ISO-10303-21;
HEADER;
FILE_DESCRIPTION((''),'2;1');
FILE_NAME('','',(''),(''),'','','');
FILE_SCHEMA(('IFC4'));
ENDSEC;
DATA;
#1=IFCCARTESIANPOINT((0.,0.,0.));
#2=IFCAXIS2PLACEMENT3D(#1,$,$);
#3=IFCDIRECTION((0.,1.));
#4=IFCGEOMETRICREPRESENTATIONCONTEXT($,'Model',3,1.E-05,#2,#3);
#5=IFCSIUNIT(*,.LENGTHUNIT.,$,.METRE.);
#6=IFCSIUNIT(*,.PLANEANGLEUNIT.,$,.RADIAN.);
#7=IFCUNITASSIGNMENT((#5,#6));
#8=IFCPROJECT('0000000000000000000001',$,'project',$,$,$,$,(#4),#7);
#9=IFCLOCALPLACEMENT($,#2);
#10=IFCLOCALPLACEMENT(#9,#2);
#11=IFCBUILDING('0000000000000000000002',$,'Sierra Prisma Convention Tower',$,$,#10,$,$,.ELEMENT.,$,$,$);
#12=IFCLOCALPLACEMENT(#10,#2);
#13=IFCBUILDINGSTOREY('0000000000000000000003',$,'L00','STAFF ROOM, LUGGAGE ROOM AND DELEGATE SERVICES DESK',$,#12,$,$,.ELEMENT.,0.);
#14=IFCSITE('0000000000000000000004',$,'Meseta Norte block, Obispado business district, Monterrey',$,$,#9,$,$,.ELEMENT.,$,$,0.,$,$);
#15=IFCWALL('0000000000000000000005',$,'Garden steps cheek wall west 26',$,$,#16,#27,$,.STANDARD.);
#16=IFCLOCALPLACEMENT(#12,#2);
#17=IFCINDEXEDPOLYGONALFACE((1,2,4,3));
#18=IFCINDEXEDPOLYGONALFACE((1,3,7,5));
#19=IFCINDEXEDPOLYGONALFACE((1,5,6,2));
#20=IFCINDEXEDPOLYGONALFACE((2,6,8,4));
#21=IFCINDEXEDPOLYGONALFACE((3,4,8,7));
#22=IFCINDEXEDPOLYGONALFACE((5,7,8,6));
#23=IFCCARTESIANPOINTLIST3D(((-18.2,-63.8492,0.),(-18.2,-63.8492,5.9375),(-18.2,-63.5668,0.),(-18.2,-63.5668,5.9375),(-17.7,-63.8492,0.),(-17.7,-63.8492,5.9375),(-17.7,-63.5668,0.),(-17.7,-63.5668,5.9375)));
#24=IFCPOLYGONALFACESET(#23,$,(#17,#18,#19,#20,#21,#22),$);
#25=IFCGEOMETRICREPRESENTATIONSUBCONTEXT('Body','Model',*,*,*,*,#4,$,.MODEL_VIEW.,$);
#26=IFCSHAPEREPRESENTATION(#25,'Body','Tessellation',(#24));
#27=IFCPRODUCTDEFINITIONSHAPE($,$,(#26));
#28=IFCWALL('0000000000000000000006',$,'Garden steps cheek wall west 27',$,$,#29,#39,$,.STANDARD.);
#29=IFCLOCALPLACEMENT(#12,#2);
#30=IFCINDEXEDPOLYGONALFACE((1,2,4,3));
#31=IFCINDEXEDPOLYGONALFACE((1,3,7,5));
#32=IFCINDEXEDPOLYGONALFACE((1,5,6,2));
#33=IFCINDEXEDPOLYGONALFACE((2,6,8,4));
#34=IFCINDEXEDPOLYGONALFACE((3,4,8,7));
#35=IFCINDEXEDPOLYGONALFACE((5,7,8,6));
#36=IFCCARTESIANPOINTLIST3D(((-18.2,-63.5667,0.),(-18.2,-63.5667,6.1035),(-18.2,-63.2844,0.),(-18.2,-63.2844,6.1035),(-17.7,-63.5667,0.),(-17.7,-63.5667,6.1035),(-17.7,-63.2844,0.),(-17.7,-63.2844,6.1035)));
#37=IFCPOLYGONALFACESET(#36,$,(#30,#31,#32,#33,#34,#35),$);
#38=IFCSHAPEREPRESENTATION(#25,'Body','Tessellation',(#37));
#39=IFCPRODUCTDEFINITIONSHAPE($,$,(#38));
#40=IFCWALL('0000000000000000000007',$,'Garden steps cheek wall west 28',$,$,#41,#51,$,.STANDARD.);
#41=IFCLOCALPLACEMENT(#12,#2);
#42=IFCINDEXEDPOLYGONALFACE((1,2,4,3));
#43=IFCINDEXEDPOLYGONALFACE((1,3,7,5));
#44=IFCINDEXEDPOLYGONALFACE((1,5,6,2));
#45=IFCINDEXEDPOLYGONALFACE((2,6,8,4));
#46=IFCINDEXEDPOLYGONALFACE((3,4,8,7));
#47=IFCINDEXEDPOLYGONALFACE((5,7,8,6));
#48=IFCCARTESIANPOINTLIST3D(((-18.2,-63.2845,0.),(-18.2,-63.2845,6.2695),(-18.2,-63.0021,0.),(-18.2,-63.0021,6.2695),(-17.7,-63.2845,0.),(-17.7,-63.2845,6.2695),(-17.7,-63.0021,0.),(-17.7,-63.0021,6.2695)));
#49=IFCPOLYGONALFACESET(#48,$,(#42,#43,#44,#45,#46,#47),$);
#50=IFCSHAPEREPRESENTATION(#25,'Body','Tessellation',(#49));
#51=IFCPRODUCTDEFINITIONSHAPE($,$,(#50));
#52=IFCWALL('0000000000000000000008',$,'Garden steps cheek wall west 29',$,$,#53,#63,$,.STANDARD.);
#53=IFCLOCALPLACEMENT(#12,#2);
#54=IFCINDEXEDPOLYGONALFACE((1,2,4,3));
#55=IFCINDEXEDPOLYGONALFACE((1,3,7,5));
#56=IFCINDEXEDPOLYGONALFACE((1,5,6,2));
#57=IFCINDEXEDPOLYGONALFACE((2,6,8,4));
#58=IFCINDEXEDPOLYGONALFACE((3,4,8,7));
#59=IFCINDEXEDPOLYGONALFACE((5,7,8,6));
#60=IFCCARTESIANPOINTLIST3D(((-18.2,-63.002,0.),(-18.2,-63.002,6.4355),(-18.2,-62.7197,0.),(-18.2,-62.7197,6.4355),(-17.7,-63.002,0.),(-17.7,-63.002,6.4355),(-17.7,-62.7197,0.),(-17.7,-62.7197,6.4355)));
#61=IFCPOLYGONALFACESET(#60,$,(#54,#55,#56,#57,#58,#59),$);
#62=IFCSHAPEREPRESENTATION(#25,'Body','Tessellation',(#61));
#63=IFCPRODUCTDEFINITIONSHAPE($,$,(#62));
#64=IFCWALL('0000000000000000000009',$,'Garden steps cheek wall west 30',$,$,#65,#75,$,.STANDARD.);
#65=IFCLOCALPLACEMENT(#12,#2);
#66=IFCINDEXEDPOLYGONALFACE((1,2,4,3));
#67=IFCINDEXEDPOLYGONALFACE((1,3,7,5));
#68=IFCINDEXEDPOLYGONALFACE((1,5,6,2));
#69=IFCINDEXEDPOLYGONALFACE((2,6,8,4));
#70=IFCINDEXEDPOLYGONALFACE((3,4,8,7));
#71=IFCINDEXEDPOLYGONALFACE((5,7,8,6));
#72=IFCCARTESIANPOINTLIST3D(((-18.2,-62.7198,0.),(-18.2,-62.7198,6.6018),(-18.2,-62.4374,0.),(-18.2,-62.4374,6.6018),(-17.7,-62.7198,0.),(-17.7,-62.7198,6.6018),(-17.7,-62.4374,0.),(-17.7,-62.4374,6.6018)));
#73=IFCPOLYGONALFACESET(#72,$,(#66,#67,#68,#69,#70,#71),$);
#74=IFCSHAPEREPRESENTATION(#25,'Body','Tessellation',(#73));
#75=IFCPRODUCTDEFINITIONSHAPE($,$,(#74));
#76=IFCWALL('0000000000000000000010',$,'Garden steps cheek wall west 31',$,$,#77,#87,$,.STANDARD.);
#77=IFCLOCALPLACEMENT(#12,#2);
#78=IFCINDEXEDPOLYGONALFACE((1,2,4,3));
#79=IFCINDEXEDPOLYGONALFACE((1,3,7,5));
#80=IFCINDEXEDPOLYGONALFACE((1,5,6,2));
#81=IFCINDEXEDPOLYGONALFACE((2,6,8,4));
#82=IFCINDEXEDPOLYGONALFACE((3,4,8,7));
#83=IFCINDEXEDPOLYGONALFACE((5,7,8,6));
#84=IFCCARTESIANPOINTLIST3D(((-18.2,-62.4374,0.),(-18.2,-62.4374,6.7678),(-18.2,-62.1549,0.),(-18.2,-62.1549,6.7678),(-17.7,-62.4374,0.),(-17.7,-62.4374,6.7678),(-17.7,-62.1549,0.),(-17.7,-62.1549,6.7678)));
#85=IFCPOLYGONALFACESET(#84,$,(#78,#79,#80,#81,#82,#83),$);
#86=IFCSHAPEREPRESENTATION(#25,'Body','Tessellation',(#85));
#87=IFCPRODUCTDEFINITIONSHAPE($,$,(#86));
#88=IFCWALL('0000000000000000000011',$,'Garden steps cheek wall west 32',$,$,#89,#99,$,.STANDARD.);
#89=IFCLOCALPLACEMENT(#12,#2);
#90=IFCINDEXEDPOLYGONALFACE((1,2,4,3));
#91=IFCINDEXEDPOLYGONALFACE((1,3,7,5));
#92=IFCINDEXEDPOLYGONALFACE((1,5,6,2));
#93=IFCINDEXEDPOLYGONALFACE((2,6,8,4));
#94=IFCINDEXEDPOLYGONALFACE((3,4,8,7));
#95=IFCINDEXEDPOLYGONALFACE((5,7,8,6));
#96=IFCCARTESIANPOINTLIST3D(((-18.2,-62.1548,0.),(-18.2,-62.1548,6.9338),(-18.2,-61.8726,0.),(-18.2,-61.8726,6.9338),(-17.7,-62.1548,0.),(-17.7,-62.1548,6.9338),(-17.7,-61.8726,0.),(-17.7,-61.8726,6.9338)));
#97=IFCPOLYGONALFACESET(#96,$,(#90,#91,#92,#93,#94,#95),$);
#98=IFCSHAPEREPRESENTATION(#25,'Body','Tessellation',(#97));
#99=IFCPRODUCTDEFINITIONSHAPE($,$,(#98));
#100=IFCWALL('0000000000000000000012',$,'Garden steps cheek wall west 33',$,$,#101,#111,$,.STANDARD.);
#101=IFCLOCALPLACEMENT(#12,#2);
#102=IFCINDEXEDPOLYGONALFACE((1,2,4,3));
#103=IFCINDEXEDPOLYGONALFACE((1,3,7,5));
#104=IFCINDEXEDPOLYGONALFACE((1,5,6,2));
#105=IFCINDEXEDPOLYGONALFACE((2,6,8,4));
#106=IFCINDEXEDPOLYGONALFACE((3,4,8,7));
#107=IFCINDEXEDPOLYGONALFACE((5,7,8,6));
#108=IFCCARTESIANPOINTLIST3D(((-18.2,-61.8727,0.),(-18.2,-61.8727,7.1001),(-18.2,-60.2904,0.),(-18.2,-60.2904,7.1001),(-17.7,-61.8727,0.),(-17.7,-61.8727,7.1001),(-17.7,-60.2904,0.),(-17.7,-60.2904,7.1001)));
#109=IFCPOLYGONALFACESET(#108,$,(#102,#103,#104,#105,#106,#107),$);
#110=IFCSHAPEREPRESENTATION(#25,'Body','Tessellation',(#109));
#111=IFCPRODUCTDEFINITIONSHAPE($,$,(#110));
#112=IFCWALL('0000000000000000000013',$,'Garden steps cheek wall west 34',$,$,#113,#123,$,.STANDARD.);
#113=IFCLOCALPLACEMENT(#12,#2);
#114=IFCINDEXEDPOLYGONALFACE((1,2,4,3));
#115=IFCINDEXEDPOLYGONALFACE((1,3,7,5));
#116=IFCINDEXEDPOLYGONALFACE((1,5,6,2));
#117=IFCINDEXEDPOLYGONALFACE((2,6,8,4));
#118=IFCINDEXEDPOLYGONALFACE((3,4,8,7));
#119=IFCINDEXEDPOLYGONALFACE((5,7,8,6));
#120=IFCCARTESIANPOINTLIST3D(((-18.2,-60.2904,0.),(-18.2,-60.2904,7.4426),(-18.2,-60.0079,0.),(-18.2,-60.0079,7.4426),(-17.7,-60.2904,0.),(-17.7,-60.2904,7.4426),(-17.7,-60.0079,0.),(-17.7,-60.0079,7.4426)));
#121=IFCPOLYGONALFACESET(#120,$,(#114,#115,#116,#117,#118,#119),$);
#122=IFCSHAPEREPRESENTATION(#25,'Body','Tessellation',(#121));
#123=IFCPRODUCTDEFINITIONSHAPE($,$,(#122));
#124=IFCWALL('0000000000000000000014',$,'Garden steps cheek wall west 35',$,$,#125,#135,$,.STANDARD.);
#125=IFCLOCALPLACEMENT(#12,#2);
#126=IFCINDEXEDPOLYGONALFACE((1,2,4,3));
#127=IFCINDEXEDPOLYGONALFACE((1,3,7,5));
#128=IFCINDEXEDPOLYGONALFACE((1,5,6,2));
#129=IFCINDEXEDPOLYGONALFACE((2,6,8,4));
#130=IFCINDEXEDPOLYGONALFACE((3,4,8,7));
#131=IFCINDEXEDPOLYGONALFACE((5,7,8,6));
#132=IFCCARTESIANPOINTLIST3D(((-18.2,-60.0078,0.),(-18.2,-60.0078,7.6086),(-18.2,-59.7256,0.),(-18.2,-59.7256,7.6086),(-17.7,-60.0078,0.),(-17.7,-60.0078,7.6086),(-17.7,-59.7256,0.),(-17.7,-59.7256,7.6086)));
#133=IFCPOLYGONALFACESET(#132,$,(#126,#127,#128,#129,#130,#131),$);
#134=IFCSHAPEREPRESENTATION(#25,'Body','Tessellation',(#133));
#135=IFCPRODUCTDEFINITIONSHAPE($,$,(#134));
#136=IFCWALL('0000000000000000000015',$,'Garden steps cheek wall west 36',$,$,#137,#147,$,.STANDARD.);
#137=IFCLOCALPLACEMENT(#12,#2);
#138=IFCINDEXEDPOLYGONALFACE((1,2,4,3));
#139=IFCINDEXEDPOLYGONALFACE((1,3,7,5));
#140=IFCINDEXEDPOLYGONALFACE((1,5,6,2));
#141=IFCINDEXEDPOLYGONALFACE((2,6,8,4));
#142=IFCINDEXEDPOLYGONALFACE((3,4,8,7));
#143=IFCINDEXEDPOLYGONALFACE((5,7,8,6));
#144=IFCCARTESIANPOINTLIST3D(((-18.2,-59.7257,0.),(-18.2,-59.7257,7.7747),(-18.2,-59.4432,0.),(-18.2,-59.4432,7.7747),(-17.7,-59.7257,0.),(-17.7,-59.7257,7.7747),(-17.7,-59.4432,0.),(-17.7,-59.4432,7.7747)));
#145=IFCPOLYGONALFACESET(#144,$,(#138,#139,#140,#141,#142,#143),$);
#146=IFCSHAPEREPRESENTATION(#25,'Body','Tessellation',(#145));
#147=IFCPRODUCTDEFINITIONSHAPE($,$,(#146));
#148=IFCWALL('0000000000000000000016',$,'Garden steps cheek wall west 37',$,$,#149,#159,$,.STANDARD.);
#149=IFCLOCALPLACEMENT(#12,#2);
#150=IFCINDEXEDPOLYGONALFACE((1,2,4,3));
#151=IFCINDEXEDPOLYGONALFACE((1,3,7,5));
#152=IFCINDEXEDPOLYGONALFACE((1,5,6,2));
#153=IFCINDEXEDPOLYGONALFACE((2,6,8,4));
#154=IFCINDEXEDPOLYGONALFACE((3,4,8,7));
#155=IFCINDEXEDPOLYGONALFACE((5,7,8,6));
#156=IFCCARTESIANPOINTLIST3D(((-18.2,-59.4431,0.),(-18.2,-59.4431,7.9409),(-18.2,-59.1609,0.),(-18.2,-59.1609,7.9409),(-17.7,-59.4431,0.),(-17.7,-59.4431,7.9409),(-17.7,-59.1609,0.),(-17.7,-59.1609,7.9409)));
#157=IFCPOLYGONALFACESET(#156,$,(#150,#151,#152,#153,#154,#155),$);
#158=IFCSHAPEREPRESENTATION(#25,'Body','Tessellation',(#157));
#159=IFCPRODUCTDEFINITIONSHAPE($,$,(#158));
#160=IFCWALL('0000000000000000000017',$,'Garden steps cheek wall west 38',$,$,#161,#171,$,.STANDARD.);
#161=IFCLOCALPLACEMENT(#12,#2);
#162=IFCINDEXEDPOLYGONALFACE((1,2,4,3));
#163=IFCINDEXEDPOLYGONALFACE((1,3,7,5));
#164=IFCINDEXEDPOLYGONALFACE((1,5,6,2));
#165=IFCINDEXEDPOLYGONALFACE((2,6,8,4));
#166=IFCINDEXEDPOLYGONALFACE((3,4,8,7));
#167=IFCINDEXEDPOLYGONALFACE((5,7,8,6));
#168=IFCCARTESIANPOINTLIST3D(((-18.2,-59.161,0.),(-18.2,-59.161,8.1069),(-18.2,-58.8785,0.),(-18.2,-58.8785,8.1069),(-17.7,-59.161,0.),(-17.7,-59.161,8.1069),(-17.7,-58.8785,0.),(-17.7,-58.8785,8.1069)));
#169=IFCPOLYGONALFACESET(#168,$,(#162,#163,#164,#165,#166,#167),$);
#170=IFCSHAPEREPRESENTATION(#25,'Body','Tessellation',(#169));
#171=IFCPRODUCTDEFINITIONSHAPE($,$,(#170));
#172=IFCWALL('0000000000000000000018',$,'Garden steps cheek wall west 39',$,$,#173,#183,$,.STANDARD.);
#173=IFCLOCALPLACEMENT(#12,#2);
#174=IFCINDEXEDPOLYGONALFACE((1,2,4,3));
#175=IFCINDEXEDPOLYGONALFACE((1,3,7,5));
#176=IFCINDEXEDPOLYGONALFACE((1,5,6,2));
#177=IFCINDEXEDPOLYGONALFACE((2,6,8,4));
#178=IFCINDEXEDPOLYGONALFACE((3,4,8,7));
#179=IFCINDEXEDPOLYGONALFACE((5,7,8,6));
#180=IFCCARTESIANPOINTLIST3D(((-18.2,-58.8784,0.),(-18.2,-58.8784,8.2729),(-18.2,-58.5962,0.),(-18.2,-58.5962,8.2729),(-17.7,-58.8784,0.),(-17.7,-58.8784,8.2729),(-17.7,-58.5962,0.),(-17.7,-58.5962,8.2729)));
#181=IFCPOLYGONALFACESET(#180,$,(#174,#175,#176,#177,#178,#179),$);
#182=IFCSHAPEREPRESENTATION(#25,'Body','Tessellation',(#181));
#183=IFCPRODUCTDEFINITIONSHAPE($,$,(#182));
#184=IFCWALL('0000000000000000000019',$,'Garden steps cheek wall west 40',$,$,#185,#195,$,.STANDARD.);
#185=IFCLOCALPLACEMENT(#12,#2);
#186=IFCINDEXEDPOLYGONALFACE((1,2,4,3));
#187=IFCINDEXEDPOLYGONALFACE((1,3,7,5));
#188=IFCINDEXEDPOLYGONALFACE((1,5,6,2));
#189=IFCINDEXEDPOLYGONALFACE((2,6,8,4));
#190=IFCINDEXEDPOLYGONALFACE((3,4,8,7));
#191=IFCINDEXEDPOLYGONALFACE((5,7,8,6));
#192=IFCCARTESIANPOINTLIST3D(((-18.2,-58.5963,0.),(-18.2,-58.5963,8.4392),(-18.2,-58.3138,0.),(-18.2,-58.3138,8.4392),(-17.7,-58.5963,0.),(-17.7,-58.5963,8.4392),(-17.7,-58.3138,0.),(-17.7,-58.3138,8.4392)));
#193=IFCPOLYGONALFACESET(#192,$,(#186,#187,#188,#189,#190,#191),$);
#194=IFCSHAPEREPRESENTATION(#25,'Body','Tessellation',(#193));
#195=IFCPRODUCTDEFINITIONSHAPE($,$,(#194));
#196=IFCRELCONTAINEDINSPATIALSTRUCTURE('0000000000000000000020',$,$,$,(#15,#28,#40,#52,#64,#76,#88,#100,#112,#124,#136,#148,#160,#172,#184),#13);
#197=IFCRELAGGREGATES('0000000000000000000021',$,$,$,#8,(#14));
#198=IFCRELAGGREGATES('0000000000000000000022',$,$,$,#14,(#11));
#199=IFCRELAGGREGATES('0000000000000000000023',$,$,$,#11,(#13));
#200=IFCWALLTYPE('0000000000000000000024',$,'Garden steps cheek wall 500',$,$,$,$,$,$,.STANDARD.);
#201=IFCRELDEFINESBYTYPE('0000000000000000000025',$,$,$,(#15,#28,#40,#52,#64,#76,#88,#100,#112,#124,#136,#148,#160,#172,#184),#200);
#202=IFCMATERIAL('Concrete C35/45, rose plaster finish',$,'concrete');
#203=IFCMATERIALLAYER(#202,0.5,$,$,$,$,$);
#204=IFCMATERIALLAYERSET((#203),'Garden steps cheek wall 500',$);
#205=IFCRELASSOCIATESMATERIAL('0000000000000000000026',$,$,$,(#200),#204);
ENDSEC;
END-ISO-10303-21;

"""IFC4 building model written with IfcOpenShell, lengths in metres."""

from ifc_helpers import new_model, si_unit, direction, frame, frame_2d, origin, place, context, subcontext, project, spatial, rectangle, extrude, material, layer, layer_set, type_object, element, save


model = new_model("IFC4")

# Units and contexts
model_context = context("Model", 3, precision=1e-05, world=origin(), true_north=direction((0.0, 1.0)))
body_context = subcontext(model_context, "Body", "Model", "MODEL_VIEW")
ifc_project = project(units=[si_unit("LENGTHUNIT", "METRE"), si_unit("PLANEANGLEUNIT", "RADIAN")], contexts=[model_context])

# Site, building, storey
site_placement = place(None, origin())
site = spatial("IfcSite", under=ifc_project, at=site_placement, Name="Meseta Norte block, Obispado business district, Monterrey", CompositionType="ELEMENT", RefElevation=0.0)
building_placement = place(site_placement, origin())
building = spatial("IfcBuilding", under=site, at=building_placement, Name="Sierra Prisma Convention Tower", CompositionType="ELEMENT")
storey_placement = place(building_placement, origin())
storey = spatial("IfcBuildingStorey", under=building, at=storey_placement, Name="L00", Description="STAFF ROOM, LUGGAGE ROOM AND DELEGATE SERVICES DESK", CompositionType="ELEMENT", Elevation=0.0)

# Walls
ifc_material_1 = material(Name="Concrete C35/45, rose plaster finish", Category="concrete")
ifc_layer_1 = layer(ifc_material_1, 0.5)
ifc_layer_set_1 = layer_set([ifc_layer_1], Name="Garden steps cheek wall 500")
wall_type_1 = type_object("IfcWallType", Name="Garden steps cheek wall 500", PredefinedType="STANDARD", material=ifc_layer_set_1)
wall_1_placement = place(storey_placement, frame((-17.95, -63.8491, 0.0), z_axis=(0.0, 0.0, 1.0), x_axis=(0.0, 1.0, 0.0)))
element("IfcWall", 1, at=wall_1_placement, inside=storey, type_object=wall_type_1, Name="Garden steps cheek wall west 26", PredefinedType="STANDARD", context=body_context, shape_type="SweptSolid", body=[
    extrude(rectangle(XDim=0.2825, YDim=0.5, at=frame_2d((0.1411, 0.0))), origin(), (0.0, 0.0, 1.0), 5.9375),
])
wall_2_placement = place(storey_placement, frame((-17.95, -63.5667, 0.0), z_axis=(0.0, 0.0, 1.0), x_axis=(0.0, 1.0, 0.0)))
element("IfcWall", 2, at=wall_2_placement, inside=storey, type_object=wall_type_1, Name="Garden steps cheek wall west 27", PredefinedType="STANDARD", context=body_context, shape_type="SweptSolid", body=[
    extrude(rectangle(XDim=0.2822, YDim=0.5, at=frame_2d((0.1411, 0.0))), origin(), (0.0, 0.0, 1.0), 6.1035),
])
wall_3_placement = place(storey_placement, frame((-17.95, -63.2844, 0.0), z_axis=(0.0, 0.0, 1.0), x_axis=(0.0, 1.0, 0.0)))
element("IfcWall", 3, at=wall_3_placement, inside=storey, type_object=wall_type_1, Name="Garden steps cheek wall west 28", PredefinedType="STANDARD", context=body_context, shape_type="SweptSolid", body=[
    extrude(rectangle(XDim=0.2825, YDim=0.5, at=frame_2d((0.1411, 0.0))), origin(), (0.0, 0.0, 1.0), 6.2695),
])
wall_4_placement = place(storey_placement, frame((-17.95, -63.002, 0.0), z_axis=(0.0, 0.0, 1.0), x_axis=(0.0, 1.0, 0.0)))
element("IfcWall", 4, at=wall_4_placement, inside=storey, type_object=wall_type_1, Name="Garden steps cheek wall west 29", PredefinedType="STANDARD", context=body_context, shape_type="SweptSolid", body=[
    extrude(rectangle(XDim=0.2822, YDim=0.5, at=frame_2d((0.1411, 0.0))), origin(), (0.0, 0.0, 1.0), 6.4355),
])
wall_5_placement = place(storey_placement, frame((-17.95, -62.7197, 0.0), z_axis=(0.0, 0.0, 1.0), x_axis=(0.0, 1.0, 0.0)))
element("IfcWall", 5, at=wall_5_placement, inside=storey, type_object=wall_type_1, Name="Garden steps cheek wall west 30", PredefinedType="STANDARD", context=body_context, shape_type="SweptSolid", body=[
    extrude(rectangle(XDim=0.2825, YDim=0.5, at=frame_2d((0.1411, 0.0))), origin(), (0.0, 0.0, 1.0), 6.6018),
])
wall_6_placement = place(storey_placement, frame((-17.95, -62.4373, 0.0), z_axis=(0.0, 0.0, 1.0), x_axis=(0.0, 1.0, 0.0)))
element("IfcWall", 6, at=wall_6_placement, inside=storey, type_object=wall_type_1, Name="Garden steps cheek wall west 31", PredefinedType="STANDARD", context=body_context, shape_type="SweptSolid", body=[
    extrude(rectangle(XDim=0.2825, YDim=0.5, at=frame_2d((0.1411, 0.0))), origin(), (0.0, 0.0, 1.0), 6.7678),
])
wall_7_placement = place(storey_placement, frame((-17.95, -62.1548, 0.0), z_axis=(0.0, 0.0, 1.0), x_axis=(0.0, 1.0, 0.0)))
element("IfcWall", 7, at=wall_7_placement, inside=storey, type_object=wall_type_1, Name="Garden steps cheek wall west 32", PredefinedType="STANDARD", context=body_context, shape_type="SweptSolid", body=[
    extrude(rectangle(XDim=0.2822, YDim=0.5, at=frame_2d((0.1411, 0.0))), origin(), (0.0, 0.0, 1.0), 6.9338),
])
wall_8_placement = place(storey_placement, frame((-17.95, -61.8726, 0.0), z_axis=(0.0, 0.0, 1.0), x_axis=(0.0, 1.0, 0.0)))
element("IfcWall", 8, at=wall_8_placement, inside=storey, type_object=wall_type_1, Name="Garden steps cheek wall west 33", PredefinedType="STANDARD", context=body_context, shape_type="SweptSolid", body=[
    extrude(rectangle(XDim=1.5823, YDim=0.5, at=frame_2d((0.791, 0.0))), origin(), (0.0, 0.0, 1.0), 7.1001),
])
wall_9_placement = place(storey_placement, frame((-17.95, -60.2903, 0.0), z_axis=(0.0, 0.0, 1.0), x_axis=(0.0, 1.0, 0.0)))
element("IfcWall", 9, at=wall_9_placement, inside=storey, type_object=wall_type_1, Name="Garden steps cheek wall west 34", PredefinedType="STANDARD", context=body_context, shape_type="SweptSolid", body=[
    extrude(rectangle(XDim=0.2825, YDim=0.5, at=frame_2d((0.1411, 0.0))), origin(), (0.0, 0.0, 1.0), 7.4426),
])
wall_10_placement = place(storey_placement, frame((-17.95, -60.0078, 0.0), z_axis=(0.0, 0.0, 1.0), x_axis=(0.0, 1.0, 0.0)))
element("IfcWall", 10, at=wall_10_placement, inside=storey, type_object=wall_type_1, Name="Garden steps cheek wall west 35", PredefinedType="STANDARD", context=body_context, shape_type="SweptSolid", body=[
    extrude(rectangle(XDim=0.2822, YDim=0.5, at=frame_2d((0.1411, 0.0))), origin(), (0.0, 0.0, 1.0), 7.6086),
])
wall_11_placement = place(storey_placement, frame((-17.95, -59.7256, 0.0), z_axis=(0.0, 0.0, 1.0), x_axis=(0.0, 1.0, 0.0)))
element("IfcWall", 11, at=wall_11_placement, inside=storey, type_object=wall_type_1, Name="Garden steps cheek wall west 36", PredefinedType="STANDARD", context=body_context, shape_type="SweptSolid", body=[
    extrude(rectangle(XDim=0.2825, YDim=0.5, at=frame_2d((0.1411, 0.0))), origin(), (0.0, 0.0, 1.0), 7.7747),
])
wall_12_placement = place(storey_placement, frame((-17.95, -59.4431, 0.0), z_axis=(0.0, 0.0, 1.0), x_axis=(0.0, 1.0, 0.0)))
element("IfcWall", 12, at=wall_12_placement, inside=storey, type_object=wall_type_1, Name="Garden steps cheek wall west 37", PredefinedType="STANDARD", context=body_context, shape_type="SweptSolid", body=[
    extrude(rectangle(XDim=0.2822, YDim=0.5, at=frame_2d((0.1411, 0.0))), origin(), (0.0, 0.0, 1.0), 7.9409),
])
wall_13_placement = place(storey_placement, frame((-17.95, -59.1609, 0.0), z_axis=(0.0, 0.0, 1.0), x_axis=(0.0, 1.0, 0.0)))
element("IfcWall", 13, at=wall_13_placement, inside=storey, type_object=wall_type_1, Name="Garden steps cheek wall west 38", PredefinedType="STANDARD", context=body_context, shape_type="SweptSolid", body=[
    extrude(rectangle(XDim=0.2825, YDim=0.5, at=frame_2d((0.1411, 0.0))), origin(), (0.0, 0.0, 1.0), 8.1069),
])
wall_14_placement = place(storey_placement, frame((-17.95, -58.8784, 0.0), z_axis=(0.0, 0.0, 1.0), x_axis=(0.0, 1.0, 0.0)))
element("IfcWall", 14, at=wall_14_placement, inside=storey, type_object=wall_type_1, Name="Garden steps cheek wall west 39", PredefinedType="STANDARD", context=body_context, shape_type="SweptSolid", body=[
    extrude(rectangle(XDim=0.2822, YDim=0.5, at=frame_2d((0.1411, 0.0))), origin(), (0.0, 0.0, 1.0), 8.2729),
])
wall_15_placement = place(storey_placement, frame((-17.95, -58.5962, 0.0), z_axis=(0.0, 0.0, 1.0), x_axis=(0.0, 1.0, 0.0)))
element("IfcWall", 15, at=wall_15_placement, inside=storey, type_object=wall_type_1, Name="Garden steps cheek wall west 40", PredefinedType="STANDARD", context=body_context, shape_type="SweptSolid", body=[
    extrude(rectangle(XDim=0.2825, YDim=0.5, at=frame_2d((0.1411, 0.0))), origin(), (0.0, 0.0, 1.0), 8.4392),
])

save(model, "model.ifc")
